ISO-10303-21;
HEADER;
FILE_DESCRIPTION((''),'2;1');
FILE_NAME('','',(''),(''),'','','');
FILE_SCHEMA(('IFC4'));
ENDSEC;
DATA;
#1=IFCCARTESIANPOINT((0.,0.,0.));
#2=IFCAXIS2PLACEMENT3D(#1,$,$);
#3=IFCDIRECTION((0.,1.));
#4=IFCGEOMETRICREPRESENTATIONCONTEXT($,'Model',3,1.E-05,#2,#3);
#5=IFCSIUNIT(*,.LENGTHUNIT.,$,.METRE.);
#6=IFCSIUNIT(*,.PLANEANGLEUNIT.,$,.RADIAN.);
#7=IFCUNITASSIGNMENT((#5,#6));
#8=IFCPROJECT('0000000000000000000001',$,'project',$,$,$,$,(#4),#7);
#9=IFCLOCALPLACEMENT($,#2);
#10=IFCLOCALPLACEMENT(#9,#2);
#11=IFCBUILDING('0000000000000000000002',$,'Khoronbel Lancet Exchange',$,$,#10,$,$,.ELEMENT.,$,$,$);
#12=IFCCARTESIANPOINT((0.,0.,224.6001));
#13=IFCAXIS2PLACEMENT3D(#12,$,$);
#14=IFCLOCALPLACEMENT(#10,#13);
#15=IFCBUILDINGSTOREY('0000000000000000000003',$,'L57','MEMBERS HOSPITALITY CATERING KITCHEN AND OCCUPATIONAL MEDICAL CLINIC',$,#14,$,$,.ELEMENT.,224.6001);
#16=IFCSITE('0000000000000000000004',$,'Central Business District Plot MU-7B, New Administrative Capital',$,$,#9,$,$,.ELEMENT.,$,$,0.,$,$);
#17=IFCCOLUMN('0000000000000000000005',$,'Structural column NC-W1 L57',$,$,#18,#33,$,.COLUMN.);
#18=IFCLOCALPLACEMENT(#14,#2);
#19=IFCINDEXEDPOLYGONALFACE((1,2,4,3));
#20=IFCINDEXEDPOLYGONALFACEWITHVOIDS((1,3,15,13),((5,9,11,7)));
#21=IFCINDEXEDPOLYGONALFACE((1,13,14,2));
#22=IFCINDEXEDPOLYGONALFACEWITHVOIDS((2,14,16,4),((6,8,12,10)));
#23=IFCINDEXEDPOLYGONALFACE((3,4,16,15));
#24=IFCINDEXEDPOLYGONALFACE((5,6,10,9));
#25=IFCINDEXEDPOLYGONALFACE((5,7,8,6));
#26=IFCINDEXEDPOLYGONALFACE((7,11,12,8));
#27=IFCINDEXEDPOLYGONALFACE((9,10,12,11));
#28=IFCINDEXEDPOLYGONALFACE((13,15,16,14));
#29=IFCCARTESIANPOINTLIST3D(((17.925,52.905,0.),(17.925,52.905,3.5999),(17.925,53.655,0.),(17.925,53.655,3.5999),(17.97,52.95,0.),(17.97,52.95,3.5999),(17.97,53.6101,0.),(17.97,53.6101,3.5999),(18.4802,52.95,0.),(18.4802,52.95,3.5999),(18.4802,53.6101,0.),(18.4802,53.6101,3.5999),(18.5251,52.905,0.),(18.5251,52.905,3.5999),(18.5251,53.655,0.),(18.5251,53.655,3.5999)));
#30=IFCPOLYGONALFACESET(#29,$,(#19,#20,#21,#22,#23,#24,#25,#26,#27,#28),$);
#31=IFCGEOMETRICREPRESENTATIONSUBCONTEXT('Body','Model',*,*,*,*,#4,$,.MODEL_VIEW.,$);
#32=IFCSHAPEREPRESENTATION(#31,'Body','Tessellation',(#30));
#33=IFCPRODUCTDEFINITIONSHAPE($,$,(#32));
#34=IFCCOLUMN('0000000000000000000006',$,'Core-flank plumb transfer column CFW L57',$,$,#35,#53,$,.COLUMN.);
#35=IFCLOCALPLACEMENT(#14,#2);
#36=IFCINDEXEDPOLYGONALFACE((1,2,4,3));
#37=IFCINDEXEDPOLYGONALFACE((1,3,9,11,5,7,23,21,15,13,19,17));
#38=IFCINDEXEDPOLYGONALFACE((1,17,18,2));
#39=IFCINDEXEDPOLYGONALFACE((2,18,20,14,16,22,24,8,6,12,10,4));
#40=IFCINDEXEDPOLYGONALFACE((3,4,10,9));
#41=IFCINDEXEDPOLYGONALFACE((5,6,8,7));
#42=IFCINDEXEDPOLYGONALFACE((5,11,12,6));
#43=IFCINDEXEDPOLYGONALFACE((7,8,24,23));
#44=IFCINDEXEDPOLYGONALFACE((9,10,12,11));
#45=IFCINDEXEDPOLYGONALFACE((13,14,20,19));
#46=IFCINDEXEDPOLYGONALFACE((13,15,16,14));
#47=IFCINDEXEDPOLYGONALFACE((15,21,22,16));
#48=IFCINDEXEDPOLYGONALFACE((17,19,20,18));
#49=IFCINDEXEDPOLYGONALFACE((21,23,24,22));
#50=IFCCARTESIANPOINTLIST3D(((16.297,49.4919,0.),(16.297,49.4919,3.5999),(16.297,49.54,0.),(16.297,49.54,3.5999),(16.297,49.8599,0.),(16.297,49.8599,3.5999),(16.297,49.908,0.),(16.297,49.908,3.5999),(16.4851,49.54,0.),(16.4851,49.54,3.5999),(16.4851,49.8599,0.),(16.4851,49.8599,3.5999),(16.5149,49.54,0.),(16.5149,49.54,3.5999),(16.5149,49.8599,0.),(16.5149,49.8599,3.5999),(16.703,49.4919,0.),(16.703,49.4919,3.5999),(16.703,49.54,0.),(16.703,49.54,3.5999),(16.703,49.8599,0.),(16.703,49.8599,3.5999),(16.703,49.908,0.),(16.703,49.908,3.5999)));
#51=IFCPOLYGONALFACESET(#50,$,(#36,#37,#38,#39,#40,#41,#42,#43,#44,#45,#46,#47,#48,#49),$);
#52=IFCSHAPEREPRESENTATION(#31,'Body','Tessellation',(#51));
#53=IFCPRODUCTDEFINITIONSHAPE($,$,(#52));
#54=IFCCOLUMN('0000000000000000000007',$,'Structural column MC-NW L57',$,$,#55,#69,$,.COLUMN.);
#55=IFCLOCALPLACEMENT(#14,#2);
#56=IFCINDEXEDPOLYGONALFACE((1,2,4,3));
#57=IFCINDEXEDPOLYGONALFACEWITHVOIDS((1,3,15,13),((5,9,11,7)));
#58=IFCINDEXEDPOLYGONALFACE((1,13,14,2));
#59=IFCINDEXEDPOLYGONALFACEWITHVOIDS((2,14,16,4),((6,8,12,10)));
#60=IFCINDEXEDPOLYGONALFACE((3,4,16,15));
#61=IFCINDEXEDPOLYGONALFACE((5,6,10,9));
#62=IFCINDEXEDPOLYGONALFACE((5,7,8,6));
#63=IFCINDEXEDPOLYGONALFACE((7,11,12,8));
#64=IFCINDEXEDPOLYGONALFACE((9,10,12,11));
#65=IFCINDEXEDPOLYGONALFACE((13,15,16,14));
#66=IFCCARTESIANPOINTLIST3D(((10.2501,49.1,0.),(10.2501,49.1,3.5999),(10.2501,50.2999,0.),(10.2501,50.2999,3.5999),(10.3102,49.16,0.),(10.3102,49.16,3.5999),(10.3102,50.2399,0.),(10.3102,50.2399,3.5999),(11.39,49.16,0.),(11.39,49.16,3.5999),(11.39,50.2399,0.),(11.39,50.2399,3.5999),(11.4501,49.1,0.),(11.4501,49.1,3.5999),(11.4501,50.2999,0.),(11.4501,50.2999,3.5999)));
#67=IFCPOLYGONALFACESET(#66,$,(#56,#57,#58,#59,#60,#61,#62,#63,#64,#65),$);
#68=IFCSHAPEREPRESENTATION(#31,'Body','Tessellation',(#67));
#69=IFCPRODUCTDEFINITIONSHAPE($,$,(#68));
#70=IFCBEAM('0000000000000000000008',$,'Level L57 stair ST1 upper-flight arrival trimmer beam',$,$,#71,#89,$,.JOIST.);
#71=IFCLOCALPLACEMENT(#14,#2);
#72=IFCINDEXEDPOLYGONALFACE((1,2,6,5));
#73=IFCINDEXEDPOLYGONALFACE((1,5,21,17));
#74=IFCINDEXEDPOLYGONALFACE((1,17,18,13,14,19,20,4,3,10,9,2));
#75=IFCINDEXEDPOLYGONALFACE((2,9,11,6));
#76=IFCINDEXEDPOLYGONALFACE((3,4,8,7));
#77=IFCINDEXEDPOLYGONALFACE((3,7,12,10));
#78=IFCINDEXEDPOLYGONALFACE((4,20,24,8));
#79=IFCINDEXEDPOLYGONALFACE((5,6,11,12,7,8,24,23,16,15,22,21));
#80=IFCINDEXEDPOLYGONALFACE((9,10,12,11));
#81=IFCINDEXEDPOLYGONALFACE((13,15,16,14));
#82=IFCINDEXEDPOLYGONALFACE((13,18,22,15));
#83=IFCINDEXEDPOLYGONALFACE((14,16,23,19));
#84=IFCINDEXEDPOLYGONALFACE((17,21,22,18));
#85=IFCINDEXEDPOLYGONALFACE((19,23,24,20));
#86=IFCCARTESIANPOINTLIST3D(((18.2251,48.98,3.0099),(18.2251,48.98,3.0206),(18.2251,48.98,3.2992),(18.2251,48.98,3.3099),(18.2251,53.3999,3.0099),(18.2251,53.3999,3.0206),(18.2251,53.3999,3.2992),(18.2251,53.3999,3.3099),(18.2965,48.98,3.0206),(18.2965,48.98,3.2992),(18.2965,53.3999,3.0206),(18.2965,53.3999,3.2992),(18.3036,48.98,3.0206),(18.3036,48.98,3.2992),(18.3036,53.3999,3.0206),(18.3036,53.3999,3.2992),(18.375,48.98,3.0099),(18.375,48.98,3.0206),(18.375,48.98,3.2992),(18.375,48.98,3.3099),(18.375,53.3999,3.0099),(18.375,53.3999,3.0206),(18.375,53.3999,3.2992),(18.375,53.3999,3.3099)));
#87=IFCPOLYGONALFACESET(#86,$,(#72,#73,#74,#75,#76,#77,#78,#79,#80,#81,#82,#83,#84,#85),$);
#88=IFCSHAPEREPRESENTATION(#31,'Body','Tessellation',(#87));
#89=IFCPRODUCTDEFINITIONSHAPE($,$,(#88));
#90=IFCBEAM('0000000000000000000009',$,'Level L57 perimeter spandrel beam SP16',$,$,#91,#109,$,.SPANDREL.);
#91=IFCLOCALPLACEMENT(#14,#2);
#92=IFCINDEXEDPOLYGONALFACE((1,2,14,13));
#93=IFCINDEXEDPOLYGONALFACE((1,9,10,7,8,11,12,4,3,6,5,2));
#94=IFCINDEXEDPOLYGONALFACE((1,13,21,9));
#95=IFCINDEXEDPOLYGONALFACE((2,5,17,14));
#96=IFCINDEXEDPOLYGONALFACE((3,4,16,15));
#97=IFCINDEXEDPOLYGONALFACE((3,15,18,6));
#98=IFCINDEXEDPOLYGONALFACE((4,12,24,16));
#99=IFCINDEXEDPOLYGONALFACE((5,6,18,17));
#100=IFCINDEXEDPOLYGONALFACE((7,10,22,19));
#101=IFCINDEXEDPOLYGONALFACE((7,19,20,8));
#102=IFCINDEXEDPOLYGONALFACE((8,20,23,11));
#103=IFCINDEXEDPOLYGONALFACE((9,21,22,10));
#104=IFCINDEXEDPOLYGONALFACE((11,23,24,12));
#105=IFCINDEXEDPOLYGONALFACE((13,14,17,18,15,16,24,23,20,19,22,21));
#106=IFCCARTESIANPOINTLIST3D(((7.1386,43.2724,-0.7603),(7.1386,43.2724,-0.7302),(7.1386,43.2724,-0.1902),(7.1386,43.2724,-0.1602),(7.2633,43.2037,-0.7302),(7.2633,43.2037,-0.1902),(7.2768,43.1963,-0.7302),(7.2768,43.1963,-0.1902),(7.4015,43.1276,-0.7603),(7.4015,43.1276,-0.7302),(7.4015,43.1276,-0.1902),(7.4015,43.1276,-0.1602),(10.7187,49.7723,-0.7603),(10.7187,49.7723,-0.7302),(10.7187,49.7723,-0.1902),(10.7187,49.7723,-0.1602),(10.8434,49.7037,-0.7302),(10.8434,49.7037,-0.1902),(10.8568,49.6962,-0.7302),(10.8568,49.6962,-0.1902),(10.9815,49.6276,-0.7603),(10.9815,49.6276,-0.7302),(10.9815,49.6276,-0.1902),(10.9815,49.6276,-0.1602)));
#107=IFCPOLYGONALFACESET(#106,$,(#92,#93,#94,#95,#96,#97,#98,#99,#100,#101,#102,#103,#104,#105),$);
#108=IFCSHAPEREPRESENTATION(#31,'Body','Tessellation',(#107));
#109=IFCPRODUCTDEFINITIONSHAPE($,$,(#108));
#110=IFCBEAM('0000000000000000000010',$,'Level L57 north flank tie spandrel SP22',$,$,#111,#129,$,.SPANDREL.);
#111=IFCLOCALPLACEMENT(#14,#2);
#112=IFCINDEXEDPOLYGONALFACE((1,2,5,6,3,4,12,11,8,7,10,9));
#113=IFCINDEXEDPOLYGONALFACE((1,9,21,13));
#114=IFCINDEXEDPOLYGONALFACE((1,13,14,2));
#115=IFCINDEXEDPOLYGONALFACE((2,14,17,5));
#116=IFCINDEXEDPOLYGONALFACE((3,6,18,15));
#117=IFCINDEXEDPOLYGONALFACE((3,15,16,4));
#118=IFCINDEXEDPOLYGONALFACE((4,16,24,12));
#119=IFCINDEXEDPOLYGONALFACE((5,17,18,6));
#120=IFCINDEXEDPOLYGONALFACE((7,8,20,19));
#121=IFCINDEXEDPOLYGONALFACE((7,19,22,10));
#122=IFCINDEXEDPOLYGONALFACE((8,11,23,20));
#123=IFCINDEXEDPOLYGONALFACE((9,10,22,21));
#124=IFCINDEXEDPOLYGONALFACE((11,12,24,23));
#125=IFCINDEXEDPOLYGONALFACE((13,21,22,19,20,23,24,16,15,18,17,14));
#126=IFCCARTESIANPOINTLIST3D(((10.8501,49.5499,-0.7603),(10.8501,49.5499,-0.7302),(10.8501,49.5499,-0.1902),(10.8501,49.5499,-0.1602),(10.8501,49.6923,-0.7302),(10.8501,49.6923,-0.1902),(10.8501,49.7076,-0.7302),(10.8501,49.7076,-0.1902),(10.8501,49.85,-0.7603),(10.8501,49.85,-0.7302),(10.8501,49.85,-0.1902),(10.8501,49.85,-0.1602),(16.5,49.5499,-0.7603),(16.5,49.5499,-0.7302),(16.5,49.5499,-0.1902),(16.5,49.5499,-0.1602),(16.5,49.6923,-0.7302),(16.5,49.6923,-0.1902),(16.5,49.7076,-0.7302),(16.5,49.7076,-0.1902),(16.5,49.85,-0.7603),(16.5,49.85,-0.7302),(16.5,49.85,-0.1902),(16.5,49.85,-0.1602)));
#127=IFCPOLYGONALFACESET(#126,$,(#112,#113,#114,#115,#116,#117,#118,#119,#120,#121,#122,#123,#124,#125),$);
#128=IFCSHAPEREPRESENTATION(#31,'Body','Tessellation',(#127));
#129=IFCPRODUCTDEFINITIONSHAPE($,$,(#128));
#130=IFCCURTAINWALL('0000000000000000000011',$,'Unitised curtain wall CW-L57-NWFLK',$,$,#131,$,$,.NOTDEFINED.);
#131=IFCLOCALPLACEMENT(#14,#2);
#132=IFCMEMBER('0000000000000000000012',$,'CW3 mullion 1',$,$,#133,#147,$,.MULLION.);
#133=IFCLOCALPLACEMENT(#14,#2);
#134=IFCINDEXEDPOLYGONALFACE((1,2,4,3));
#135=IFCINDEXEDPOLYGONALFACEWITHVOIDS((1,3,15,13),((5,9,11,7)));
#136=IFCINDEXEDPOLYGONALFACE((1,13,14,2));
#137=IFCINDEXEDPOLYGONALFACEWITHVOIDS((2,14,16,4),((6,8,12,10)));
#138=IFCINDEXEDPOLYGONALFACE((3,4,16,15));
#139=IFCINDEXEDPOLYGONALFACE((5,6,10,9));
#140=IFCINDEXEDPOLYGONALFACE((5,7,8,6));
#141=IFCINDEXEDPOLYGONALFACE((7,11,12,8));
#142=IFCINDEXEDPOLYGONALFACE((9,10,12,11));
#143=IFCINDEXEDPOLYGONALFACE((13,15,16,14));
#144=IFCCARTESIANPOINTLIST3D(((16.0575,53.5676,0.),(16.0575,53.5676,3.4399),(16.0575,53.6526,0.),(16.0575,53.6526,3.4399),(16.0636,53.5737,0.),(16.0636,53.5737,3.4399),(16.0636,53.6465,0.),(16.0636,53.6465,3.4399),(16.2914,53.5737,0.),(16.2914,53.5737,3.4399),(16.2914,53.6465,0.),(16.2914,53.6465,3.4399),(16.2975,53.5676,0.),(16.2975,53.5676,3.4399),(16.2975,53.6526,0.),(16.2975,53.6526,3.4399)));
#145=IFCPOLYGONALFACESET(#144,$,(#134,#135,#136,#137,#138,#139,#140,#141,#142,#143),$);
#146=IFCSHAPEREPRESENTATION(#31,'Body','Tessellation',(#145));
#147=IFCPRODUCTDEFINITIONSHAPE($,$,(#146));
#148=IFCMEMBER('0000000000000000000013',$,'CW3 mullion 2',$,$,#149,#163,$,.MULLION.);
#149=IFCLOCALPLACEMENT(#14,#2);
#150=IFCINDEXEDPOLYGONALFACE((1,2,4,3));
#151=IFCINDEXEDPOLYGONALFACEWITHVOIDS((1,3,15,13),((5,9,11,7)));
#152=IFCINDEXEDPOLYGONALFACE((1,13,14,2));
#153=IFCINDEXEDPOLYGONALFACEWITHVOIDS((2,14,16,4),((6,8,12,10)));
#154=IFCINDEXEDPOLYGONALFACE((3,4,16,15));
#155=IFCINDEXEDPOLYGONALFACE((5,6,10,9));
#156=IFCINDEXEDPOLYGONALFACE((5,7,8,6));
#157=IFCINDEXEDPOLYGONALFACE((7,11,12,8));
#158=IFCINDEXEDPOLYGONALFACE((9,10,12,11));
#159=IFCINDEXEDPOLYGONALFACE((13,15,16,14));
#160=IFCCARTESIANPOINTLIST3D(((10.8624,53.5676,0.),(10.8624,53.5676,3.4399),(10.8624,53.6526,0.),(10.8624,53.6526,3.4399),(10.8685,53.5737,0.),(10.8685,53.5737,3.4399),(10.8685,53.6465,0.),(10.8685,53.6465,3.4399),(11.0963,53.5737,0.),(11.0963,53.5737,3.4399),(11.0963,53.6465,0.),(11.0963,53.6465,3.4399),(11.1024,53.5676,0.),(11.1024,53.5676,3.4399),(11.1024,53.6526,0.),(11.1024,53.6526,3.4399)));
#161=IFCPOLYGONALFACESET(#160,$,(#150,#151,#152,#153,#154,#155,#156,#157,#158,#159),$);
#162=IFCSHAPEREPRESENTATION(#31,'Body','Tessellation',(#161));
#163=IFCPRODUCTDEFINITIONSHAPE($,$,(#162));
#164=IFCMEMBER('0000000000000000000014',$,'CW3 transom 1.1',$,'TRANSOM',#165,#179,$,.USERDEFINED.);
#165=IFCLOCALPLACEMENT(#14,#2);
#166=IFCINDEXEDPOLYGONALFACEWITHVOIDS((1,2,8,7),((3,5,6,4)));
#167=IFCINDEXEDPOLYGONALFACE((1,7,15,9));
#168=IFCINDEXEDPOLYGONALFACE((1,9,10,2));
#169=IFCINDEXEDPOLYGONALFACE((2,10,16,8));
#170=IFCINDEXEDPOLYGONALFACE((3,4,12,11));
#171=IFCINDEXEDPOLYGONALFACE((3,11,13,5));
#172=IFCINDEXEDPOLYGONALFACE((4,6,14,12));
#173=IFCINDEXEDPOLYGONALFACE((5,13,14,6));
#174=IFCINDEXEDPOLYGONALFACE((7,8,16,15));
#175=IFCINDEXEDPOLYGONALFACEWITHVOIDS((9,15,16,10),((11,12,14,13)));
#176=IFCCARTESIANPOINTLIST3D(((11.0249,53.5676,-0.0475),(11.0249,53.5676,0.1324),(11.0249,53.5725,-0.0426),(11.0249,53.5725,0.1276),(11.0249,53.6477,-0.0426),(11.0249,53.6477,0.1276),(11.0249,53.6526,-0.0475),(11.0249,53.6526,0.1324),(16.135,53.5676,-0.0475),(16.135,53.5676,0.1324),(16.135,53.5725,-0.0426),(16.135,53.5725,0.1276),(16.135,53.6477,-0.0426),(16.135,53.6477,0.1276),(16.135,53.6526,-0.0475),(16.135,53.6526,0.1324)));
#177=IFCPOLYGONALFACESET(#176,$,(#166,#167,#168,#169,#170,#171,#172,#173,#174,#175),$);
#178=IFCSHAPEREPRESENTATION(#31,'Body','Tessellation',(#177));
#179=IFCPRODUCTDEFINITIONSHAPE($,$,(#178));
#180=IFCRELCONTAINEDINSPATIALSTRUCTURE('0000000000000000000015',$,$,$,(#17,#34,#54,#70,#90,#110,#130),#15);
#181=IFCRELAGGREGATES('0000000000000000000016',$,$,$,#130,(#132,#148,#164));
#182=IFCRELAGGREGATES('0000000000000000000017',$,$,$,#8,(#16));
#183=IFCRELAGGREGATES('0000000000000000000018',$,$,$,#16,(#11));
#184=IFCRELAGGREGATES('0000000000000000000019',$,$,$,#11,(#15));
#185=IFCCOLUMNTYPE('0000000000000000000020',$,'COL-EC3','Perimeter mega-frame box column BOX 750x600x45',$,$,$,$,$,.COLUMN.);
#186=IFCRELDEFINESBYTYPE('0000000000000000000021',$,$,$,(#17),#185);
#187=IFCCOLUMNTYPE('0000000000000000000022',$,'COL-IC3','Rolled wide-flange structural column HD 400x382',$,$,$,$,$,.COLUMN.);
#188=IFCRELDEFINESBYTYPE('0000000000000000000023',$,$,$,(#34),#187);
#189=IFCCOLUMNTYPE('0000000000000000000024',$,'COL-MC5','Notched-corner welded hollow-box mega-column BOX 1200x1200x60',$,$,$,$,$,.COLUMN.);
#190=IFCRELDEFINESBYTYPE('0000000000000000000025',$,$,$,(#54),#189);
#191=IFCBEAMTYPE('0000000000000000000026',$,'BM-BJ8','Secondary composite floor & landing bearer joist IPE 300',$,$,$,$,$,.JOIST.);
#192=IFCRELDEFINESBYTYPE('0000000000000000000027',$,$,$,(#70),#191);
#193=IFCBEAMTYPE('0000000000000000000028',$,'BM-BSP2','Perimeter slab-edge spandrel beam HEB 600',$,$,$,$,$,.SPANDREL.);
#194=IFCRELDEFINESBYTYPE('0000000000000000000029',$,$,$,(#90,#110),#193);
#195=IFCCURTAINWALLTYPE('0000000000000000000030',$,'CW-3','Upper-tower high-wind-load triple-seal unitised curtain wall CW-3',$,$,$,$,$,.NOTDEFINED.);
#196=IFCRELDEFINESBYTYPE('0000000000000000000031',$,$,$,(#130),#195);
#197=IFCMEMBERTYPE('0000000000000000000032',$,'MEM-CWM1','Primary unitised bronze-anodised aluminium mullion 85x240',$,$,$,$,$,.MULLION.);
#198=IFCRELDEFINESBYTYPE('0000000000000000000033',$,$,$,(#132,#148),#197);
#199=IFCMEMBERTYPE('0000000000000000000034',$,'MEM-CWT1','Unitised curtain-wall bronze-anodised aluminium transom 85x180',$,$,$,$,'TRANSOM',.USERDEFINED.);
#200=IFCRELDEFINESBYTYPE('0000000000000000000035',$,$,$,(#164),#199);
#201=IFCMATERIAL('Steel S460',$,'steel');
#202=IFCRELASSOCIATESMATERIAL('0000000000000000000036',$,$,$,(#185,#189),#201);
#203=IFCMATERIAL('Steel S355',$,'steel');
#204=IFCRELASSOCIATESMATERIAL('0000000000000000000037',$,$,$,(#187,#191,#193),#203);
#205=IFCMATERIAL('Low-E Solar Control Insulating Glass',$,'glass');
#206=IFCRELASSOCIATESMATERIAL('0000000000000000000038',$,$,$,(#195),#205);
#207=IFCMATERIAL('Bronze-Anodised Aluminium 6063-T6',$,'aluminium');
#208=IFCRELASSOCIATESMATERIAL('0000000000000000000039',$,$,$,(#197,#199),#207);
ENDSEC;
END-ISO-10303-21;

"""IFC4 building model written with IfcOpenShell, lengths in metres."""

from ifc_helpers import new_model, si_unit, direction, frame, origin, origin_2d, place, context, subcontext, project, spatial, hollow_rectangle, i_section, extrude, material, material_profile, profile_set, type_object, element, aggregate, save


model = new_model("IFC4")

# Units and contexts
model_context = context("Model", 3, precision=1e-05, world=origin(), true_north=direction((0.0, 1.0)))
body_context = subcontext(model_context, "Body", "Model", "MODEL_VIEW")
ifc_project = project(units=[si_unit("LENGTHUNIT", "METRE"), si_unit("PLANEANGLEUNIT", "RADIAN")], contexts=[model_context])

# Site, building, storey
site_placement = place(None, origin())
site = spatial("IfcSite", under=ifc_project, at=site_placement, Name="Central Business District Plot MU-7B, New Administrative Capital", CompositionType="ELEMENT", RefElevation=0.0)
building_placement = place(site_placement, origin())
building = spatial("IfcBuilding", under=site, at=building_placement, Name="Khoronbel Lancet Exchange", CompositionType="ELEMENT")
storey_placement = place(building_placement, frame((0.0, 0.0, 224.6001)))
storey = spatial("IfcBuildingStorey", under=building, at=storey_placement, Name="L57", Description="MEMBERS HOSPITALITY CATERING KITCHEN AND OCCUPATIONAL MEDICAL CLINIC", CompositionType="ELEMENT", Elevation=224.6001)

# Columns
ifc_material_1 = material(Name="Steel S460", Category="steel")
ifc_material_profile_1 = material_profile(ifc_material_1, hollow_rectangle(XDim=0.6001, YDim=0.75, WallThickness=0.0449, at=origin_2d()), Name="BOX 750x600x45")
ifc_profile_set_1 = profile_set([ifc_material_profile_1], Name="Steel S460")
column_type_1 = type_object("IfcColumnType", Name="COL-EC3", Description="Perimeter mega-frame box column BOX 750x600x45", PredefinedType="COLUMN", material=ifc_profile_set_1)
column_1_placement = place(storey_placement, frame((18.2251, 53.28, 0.0), z_axis=(0.0, 0.0, 1.0), x_axis=(1.0, 0.0, 0.0)))
element("IfcColumn", 1, at=column_1_placement, inside=storey, type_object=column_type_1, Name="Structural column NC-W1 L57", PredefinedType="COLUMN", context=body_context, shape_type="SweptSolid", body=[
    extrude(hollow_rectangle(XDim=0.6001, YDim=0.75, WallThickness=0.0449, at=origin_2d()), origin(), (0.0, 0.0, 1.0), 3.5999),
])
ifc_material_2 = material(Name="Steel S355", Category="steel")
ifc_material_profile_2 = material_profile(ifc_material_2, i_section(OverallWidth=0.406, OverallDepth=0.416, WebThickness=0.0298, FlangeThickness=0.0481, at=origin_2d()), Name="HD 400x382")
ifc_profile_set_2 = profile_set([ifc_material_profile_2], Name="Steel S355")
column_type_2 = type_object("IfcColumnType", Name="COL-IC3", Description="Rolled wide-flange structural column HD 400x382", PredefinedType="COLUMN", material=ifc_profile_set_2)
column_2_placement = place(storey_placement, frame((16.5, 49.7, 0.0), z_axis=(0.0, 0.0, 1.0), x_axis=(1.0, 0.0, 0.0)))
element("IfcColumn", 2, at=column_2_placement, inside=storey, type_object=column_type_2, Name="Core-flank plumb transfer column CFW L57", PredefinedType="COLUMN", context=body_context, shape_type="SweptSolid", body=[
    extrude(i_section(OverallWidth=0.406, OverallDepth=0.416, WebThickness=0.0298, FlangeThickness=0.0481, at=origin_2d()), origin(), (0.0, 0.0, 1.0), 3.5999),
])
ifc_material_profile_3 = material_profile(ifc_material_1, hollow_rectangle(XDim=1.2, YDim=1.2, WallThickness=0.0601, at=origin_2d()), Name="BOX 1200x1200x60")
ifc_profile_set_3 = profile_set([ifc_material_profile_3], Name="Steel S460")
column_type_3 = type_object("IfcColumnType", Name="COL-MC5", Description="Notched-corner welded hollow-box mega-column BOX 1200x1200x60", PredefinedType="COLUMN", material=ifc_profile_set_3)
column_3_placement = place(storey_placement, frame((10.8501, 49.7, 0.0), z_axis=(0.0, 0.0, 1.0), x_axis=(1.0, 0.0, 0.0)))
element("IfcColumn", 3, at=column_3_placement, inside=storey, type_object=column_type_3, Name="Structural column MC-NW L57", PredefinedType="COLUMN", context=body_context, shape_type="SweptSolid", body=[
    extrude(hollow_rectangle(XDim=1.2, YDim=1.2, WallThickness=0.0601, at=origin_2d()), origin(), (0.0, 0.0, 1.0), 3.5999),
])

# Beams
ifc_material_profile_4 = material_profile(ifc_material_2, i_section(OverallWidth=0.1499, OverallDepth=0.3, WebThickness=0.0071, FlangeThickness=0.0107, at=origin_2d()), Name="IPE 300")
ifc_profile_set_4 = profile_set([ifc_material_profile_4], Name="Steel S355")
beam_type_1 = type_object("IfcBeamType", Name="BM-BJ8", Description="Secondary composite floor & landing bearer joist IPE 300", PredefinedType="JOIST", material=ifc_profile_set_4)
beam_1_placement = place(storey_placement, frame((18.3, 48.98, 3.1599), z_axis=(0.0, 1.0, 0.0), x_axis=(-1.0, 0.0, 0.0)))
element("IfcBeam", 4, at=beam_1_placement, inside=storey, type_object=beam_type_1, Name="Level L57 stair ST1 upper-flight arrival trimmer beam", PredefinedType="JOIST", context=body_context, shape_type="SweptSolid", body=[
    extrude(i_section(OverallWidth=0.1499, OverallDepth=0.3, WebThickness=0.0071, FlangeThickness=0.0107, at=origin_2d()), origin(), (0.0, 0.0, 1.0), 4.4199),
])
ifc_material_profile_5 = material_profile(ifc_material_2, i_section(OverallWidth=0.3, OverallDepth=0.6001, WebThickness=0.0154, FlangeThickness=0.03, at=origin_2d()), Name="HEB 600")
ifc_profile_set_5 = profile_set([ifc_material_profile_5], Name="Steel S355")
beam_type_2 = type_object("IfcBeamType", Name="BM-BSP2", Description="Perimeter slab-edge spandrel beam HEB 600", PredefinedType="SPANDREL", material=ifc_profile_set_5)
beam_2_placement = place(storey_placement, frame((10.8501, 49.7, -0.4602), z_axis=(-0.482444, -0.875927, 0.0), x_axis=(0.875927, -0.482444, 0.0)))
element("IfcBeam", 5, at=beam_2_placement, inside=storey, type_object=beam_type_2, Name="Level L57 perimeter spandrel beam SP16", PredefinedType="SPANDREL", context=body_context, shape_type="SweptSolid", body=[
    extrude(i_section(OverallWidth=0.3, OverallDepth=0.6001, WebThickness=0.0154, FlangeThickness=0.03, at=origin_2d()), origin(), (0.0, 0.0, 1.0), 7.4207),
])
beam_3_placement = place(storey_placement, frame((10.8501, 49.7, -0.4602), z_axis=(1.0, 0.0, 0.0), x_axis=(0.0, 1.0, 0.0)))
element("IfcBeam", 6, at=beam_3_placement, inside=storey, type_object=beam_type_2, Name="Level L57 north flank tie spandrel SP22", PredefinedType="SPANDREL", context=body_context, shape_type="SweptSolid", body=[
    extrude(i_section(OverallWidth=0.3, OverallDepth=0.6001, WebThickness=0.0154, FlangeThickness=0.03, at=origin_2d()), origin(), (0.0, 0.0, 1.0), 5.6499),
])

# Curtain wall, members
ifc_material_3 = material(Name="Low-E Solar Control Insulating Glass", Category="glass")
curtain_wall_type = type_object("IfcCurtainWallType", Name="CW-3", Description="Upper-tower high-wind-load triple-seal unitised curtain wall CW-3", PredefinedType="NOTDEFINED", material=ifc_material_3)
curtain_wall_placement = place(storey_placement, origin())
curtain_wall = element("IfcCurtainWall", 7, at=curtain_wall_placement, inside=storey, type_object=curtain_wall_type, Name="Unitised curtain wall CW-L57-NWFLK", PredefinedType="NOTDEFINED")
ifc_material_4 = material(Name="Bronze-Anodised Aluminium 6063-T6", Category="aluminium")
ifc_material_profile_6 = material_profile(ifc_material_4, hollow_rectangle(XDim=0.085, YDim=0.24, WallThickness=0.0061, at=origin_2d()), Name="ALU MULLION 85x240")
ifc_profile_set_6 = profile_set([ifc_material_profile_6], Name="Bronze-Anodised Aluminium 6063-T6")
member_type_1 = type_object("IfcMemberType", Name="MEM-CWM1", Description="Primary unitised bronze-anodised aluminium mullion 85x240", PredefinedType="MULLION", material=ifc_profile_set_6)
member_1_placement = place(storey_placement, frame((16.1775, 53.6101, 0.0), z_axis=(0.0, 0.0, 1.0), x_axis=(0.0, -1.0, 0.0)))
member_1 = element("IfcMember", 8, at=member_1_placement, type_object=member_type_1, Name="CW3 mullion 1", PredefinedType="MULLION", context=body_context, shape_type="SweptSolid", body=[
    extrude(hollow_rectangle(XDim=0.085, YDim=0.24, WallThickness=0.0061, at=origin_2d()), origin(), (0.0, 0.0, 1.0), 3.4399),
])
member_2_placement = place(storey_placement, frame((10.9824, 53.6101, 0.0), z_axis=(0.0, 0.0, 1.0), x_axis=(0.0, -1.0, 0.0)))
member_2 = element("IfcMember", 9, at=member_2_placement, type_object=member_type_1, Name="CW3 mullion 2", PredefinedType="MULLION", context=body_context, shape_type="SweptSolid", body=[
    extrude(hollow_rectangle(XDim=0.085, YDim=0.24, WallThickness=0.0061, at=origin_2d()), origin(), (0.0, 0.0, 1.0), 3.4399),
])
ifc_material_profile_7 = material_profile(ifc_material_4, hollow_rectangle(XDim=0.085, YDim=0.1799, WallThickness=0.0049, at=origin_2d()), Name="ALU TRANSOM 85x180")
ifc_profile_set_7 = profile_set([ifc_material_profile_7], Name="Bronze-Anodised Aluminium 6063-T6")
member_type_2 = type_object("IfcMemberType", Name="MEM-CWT1", Description="Unitised curtain-wall bronze-anodised aluminium transom 85x180", ElementType="TRANSOM", PredefinedType="USERDEFINED", material=ifc_profile_set_7)
member_3_placement = place(storey_placement, frame((16.135, 53.6101, 0.0425), z_axis=(-1.0, 0.0, 0.0), x_axis=(0.0, -1.0, 0.0)))
member_3 = element("IfcMember", 10, at=member_3_placement, type_object=member_type_2, Name="CW3 transom 1.1", ObjectType="TRANSOM", PredefinedType="USERDEFINED", context=body_context, shape_type="SweptSolid", body=[
    extrude(hollow_rectangle(XDim=0.085, YDim=0.1799, WallThickness=0.0049, at=origin_2d()), origin(), (0.0, 0.0, 1.0), 5.1101),
])
aggregate(curtain_wall, [member_1, member_2, member_3])

save(model, "model.ifc")
